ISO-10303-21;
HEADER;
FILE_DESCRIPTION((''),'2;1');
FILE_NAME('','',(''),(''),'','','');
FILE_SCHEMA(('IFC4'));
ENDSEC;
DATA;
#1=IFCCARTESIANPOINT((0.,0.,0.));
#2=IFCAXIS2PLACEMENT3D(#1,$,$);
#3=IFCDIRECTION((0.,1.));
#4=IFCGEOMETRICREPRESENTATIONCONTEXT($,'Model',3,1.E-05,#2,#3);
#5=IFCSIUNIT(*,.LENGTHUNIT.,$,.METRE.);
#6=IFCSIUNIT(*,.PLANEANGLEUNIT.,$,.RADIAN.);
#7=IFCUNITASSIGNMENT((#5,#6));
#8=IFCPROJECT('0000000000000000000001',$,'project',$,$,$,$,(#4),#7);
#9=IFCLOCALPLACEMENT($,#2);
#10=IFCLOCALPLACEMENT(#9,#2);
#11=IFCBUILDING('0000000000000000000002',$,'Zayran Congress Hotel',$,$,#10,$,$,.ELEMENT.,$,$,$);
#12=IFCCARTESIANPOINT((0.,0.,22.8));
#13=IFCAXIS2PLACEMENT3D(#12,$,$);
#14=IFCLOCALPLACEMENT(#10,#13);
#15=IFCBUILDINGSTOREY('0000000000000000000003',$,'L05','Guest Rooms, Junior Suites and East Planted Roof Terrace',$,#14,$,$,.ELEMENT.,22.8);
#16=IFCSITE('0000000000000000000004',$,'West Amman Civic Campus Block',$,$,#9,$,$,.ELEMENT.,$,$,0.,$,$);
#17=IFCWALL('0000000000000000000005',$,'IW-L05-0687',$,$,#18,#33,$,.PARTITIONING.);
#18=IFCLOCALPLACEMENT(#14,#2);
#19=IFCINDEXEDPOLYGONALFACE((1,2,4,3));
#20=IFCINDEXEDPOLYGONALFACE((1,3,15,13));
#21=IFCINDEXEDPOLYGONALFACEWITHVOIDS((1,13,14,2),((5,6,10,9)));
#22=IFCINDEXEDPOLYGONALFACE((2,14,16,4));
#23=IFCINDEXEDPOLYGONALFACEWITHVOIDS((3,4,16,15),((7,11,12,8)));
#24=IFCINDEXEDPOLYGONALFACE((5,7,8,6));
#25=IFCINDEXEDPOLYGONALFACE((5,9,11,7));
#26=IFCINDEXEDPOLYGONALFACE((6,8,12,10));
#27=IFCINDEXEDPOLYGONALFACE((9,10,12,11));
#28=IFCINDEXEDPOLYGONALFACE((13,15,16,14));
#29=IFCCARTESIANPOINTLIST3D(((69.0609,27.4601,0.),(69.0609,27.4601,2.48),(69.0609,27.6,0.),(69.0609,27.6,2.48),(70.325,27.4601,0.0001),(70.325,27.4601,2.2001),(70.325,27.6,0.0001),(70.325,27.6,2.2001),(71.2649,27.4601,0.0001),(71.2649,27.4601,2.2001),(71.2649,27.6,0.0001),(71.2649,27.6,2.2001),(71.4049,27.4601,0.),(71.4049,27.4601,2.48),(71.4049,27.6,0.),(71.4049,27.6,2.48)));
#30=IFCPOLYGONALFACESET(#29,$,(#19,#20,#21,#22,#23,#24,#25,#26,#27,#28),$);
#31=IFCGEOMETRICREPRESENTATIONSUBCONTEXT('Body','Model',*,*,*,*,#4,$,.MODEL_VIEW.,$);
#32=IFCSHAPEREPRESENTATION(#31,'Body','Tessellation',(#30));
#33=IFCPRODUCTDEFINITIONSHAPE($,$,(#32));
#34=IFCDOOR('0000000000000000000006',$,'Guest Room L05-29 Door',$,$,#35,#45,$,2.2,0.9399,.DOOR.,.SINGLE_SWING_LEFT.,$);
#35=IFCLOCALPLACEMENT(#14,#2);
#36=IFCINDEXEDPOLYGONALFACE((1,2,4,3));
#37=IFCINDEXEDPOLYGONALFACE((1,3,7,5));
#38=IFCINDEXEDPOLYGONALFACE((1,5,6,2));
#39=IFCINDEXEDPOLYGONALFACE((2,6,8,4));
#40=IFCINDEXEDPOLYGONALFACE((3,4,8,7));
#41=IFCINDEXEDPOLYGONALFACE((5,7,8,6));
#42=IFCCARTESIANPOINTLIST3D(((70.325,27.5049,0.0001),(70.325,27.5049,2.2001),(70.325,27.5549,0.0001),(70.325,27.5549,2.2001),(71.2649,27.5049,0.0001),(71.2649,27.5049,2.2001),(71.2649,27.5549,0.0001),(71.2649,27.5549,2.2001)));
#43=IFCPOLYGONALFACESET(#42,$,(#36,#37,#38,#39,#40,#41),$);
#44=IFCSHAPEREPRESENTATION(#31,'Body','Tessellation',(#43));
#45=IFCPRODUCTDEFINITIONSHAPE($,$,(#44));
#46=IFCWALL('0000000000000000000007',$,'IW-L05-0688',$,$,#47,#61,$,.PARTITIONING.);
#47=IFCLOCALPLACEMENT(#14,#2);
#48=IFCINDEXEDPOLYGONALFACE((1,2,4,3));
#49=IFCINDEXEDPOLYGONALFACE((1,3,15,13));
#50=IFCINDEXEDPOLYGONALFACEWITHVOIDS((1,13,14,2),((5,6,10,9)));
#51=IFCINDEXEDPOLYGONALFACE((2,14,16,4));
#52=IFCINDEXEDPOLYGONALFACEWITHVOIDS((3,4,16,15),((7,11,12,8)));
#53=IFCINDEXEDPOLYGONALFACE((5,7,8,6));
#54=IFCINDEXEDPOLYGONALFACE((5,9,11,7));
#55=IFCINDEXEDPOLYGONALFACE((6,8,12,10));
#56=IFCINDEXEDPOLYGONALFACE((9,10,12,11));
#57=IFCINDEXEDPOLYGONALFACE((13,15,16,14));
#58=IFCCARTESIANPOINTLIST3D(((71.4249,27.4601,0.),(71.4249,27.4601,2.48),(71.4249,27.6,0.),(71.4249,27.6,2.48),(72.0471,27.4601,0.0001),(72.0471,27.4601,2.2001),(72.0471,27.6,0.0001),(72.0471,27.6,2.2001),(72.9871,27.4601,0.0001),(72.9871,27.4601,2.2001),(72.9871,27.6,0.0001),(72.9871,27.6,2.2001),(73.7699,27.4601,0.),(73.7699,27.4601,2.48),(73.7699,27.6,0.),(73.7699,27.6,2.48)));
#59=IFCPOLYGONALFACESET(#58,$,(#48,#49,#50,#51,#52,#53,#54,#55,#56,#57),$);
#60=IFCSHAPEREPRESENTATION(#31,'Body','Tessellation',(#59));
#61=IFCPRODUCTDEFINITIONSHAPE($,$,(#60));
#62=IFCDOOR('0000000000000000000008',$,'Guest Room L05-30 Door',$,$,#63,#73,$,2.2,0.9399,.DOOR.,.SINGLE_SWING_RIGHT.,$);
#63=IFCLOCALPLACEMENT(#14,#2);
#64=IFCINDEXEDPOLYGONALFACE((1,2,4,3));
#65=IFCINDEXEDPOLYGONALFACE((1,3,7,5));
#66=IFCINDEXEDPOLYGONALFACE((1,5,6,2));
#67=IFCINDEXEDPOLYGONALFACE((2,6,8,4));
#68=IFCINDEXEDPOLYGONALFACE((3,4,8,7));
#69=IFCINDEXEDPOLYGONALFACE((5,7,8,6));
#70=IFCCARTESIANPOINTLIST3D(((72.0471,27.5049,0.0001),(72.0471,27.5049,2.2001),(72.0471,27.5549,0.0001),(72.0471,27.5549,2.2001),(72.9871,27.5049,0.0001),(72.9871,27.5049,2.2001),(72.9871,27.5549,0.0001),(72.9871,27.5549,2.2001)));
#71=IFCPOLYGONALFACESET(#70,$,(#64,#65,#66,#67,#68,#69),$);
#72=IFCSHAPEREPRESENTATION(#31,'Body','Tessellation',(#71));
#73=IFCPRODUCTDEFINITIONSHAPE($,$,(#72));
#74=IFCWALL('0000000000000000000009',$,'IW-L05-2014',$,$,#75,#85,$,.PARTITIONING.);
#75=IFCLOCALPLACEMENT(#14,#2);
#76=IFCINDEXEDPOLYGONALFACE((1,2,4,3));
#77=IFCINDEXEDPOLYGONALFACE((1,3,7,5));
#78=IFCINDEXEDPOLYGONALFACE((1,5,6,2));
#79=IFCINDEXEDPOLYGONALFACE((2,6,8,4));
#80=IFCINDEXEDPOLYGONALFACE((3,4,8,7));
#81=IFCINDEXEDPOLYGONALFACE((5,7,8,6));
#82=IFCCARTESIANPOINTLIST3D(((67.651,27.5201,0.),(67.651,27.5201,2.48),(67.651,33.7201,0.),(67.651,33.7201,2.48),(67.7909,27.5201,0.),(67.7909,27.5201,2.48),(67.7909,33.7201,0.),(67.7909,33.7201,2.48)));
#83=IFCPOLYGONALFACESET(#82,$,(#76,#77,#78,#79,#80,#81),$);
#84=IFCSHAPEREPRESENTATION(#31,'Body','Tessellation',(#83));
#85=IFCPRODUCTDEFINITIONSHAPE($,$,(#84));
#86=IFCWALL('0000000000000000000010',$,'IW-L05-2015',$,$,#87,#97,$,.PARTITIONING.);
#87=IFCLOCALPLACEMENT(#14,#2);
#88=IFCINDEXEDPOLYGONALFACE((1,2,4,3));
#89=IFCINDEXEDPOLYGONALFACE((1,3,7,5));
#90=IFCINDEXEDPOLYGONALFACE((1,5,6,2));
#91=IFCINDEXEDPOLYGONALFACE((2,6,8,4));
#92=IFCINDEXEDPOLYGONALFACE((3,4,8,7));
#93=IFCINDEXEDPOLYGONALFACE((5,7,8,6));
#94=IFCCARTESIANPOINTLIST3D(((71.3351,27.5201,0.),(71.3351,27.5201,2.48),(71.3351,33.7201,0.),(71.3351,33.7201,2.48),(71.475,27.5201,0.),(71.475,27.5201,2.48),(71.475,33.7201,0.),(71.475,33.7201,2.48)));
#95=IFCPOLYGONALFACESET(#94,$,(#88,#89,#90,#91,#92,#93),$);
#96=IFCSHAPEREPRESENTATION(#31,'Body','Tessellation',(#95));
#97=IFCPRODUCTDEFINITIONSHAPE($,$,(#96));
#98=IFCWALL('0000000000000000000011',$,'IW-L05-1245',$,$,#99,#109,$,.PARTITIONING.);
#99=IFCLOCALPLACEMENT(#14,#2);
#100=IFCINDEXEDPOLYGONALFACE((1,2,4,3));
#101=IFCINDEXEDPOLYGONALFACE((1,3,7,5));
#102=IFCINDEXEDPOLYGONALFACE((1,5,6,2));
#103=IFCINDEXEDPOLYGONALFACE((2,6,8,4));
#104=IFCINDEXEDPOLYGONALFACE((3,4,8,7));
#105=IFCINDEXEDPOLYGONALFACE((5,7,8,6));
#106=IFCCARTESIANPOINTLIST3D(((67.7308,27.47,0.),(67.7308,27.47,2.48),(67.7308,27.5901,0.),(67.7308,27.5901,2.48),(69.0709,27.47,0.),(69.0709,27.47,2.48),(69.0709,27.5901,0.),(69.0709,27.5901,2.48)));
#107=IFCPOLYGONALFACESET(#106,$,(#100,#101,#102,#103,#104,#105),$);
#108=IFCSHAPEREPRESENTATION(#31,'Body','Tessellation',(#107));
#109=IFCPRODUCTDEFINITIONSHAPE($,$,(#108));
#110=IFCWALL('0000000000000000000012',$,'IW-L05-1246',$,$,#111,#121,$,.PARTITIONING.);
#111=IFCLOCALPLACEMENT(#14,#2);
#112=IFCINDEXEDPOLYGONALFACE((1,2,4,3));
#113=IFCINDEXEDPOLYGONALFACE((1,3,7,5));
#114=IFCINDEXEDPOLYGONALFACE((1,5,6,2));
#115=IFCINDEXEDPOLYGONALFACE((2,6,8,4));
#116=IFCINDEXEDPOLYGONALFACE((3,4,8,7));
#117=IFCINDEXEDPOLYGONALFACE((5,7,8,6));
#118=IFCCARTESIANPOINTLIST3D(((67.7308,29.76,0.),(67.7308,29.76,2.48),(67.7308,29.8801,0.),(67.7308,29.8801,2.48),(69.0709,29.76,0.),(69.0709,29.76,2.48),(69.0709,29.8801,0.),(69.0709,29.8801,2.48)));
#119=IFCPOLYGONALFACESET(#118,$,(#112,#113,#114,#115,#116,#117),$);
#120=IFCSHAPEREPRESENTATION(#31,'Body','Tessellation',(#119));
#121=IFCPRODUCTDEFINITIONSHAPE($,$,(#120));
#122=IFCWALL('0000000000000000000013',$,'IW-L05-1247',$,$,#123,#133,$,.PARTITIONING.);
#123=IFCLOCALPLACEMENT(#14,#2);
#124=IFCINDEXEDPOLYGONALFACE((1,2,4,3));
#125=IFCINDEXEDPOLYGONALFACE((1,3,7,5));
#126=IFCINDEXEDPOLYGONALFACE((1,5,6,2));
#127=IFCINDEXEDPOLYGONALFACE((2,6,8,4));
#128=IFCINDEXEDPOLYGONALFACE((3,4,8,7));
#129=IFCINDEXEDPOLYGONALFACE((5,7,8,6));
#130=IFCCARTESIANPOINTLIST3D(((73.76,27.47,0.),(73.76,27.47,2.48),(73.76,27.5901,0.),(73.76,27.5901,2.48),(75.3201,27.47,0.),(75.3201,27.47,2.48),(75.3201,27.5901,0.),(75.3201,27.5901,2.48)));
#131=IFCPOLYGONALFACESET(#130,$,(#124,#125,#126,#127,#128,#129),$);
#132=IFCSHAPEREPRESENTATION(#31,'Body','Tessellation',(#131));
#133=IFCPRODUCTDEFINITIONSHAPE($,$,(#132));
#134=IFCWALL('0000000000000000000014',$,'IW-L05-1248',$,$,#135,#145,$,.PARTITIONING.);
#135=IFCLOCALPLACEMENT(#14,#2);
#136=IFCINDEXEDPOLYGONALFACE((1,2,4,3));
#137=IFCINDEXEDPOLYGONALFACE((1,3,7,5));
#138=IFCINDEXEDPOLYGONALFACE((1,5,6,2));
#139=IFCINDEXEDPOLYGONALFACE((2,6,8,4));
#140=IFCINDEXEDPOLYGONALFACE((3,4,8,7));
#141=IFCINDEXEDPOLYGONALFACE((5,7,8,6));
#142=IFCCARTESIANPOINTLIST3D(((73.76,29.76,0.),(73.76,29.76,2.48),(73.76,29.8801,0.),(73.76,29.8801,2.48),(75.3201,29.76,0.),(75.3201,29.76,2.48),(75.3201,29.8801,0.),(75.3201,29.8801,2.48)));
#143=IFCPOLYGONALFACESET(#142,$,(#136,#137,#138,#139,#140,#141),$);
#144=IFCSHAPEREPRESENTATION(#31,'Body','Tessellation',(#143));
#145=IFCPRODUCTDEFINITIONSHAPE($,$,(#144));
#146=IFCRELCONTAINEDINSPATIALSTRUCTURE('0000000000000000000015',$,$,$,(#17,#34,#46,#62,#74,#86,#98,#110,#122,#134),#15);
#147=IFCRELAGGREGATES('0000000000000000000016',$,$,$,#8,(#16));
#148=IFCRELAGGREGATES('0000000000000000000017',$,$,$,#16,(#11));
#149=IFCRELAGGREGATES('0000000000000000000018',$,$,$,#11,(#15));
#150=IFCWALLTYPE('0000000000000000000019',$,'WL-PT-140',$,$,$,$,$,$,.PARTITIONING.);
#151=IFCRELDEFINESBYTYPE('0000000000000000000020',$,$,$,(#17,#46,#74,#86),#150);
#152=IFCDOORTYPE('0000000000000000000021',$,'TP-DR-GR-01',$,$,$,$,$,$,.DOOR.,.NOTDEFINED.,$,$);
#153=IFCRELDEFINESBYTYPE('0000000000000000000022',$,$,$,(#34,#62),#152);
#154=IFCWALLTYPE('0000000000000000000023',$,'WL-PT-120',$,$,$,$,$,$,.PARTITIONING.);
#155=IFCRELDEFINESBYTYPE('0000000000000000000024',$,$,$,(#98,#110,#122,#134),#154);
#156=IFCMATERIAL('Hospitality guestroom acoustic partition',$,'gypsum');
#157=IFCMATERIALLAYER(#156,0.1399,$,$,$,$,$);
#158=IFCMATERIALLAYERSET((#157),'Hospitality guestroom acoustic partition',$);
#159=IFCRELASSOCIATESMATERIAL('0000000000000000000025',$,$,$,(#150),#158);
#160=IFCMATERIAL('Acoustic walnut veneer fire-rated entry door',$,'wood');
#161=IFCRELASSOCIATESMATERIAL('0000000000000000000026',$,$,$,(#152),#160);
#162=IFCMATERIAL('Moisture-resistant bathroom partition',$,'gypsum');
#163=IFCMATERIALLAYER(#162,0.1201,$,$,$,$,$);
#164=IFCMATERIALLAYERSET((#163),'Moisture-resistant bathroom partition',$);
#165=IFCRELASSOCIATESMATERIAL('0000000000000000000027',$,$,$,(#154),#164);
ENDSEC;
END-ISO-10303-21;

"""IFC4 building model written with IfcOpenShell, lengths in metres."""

from ifc_helpers import new_model, si_unit, direction, frame, frame_2d, origin, place, context, subcontext, project, spatial, rectangle, extrude, material, layer, layer_set, type_object, element, fill, save


model = new_model("IFC4")

# Units and contexts
model_context = context("Model", 3, precision=1e-05, world=origin(), true_north=direction((0.0, 1.0)))
body_context = subcontext(model_context, "Body", "Model", "MODEL_VIEW")
ifc_project = project(units=[si_unit("LENGTHUNIT", "METRE"), si_unit("PLANEANGLEUNIT", "RADIAN")], contexts=[model_context])

# Site, building, storey
site_placement = place(None, origin())
site = spatial("IfcSite", under=ifc_project, at=site_placement, Name="West Amman Civic Campus Block", CompositionType="ELEMENT", RefElevation=0.0)
building_placement = place(site_placement, origin())
building = spatial("IfcBuilding", under=site, at=building_placement, Name="Zayran Congress Hotel", CompositionType="ELEMENT")
storey_placement = place(building_placement, frame((0.0, 0.0, 22.8)))
storey = spatial("IfcBuildingStorey", under=building, at=storey_placement, Name="L05", Description="Guest Rooms, Junior Suites and East Planted Roof Terrace", CompositionType="ELEMENT", Elevation=22.8)

# Walls, openings, doors
ifc_material_1 = material(Name="Hospitality guestroom acoustic partition", Category="gypsum")
ifc_layer_1 = layer(ifc_material_1, 0.1399)
ifc_layer_set_1 = layer_set([ifc_layer_1], Name="Hospitality guestroom acoustic partition")
wall_type_1 = type_object("IfcWallType", Name="WL-PT-140", PredefinedType="PARTITIONING", material=ifc_layer_set_1)
wall_1_placement = place(storey_placement, frame((69.061, 27.53, 0.0), z_axis=(0.0, 0.0, 1.0), x_axis=(1.0, 0.0, 0.0)))
wall_1 = element("IfcWall", 1, at=wall_1_placement, inside=storey, type_object=wall_type_1, Name="IW-L05-0687", PredefinedType="PARTITIONING", context=body_context, shape_type="SweptSolid", body=[
    extrude(rectangle(XDim=2.344, YDim=0.1399, at=frame_2d((1.1719, 0.0))), origin(), (0.0, 0.0, 1.0), 2.48),
])
opening_1_placement = place(wall_1_placement, frame((1.2639, 0.0, 0.0)))
opening_1 = element("IfcOpeningElement", 2, at=opening_1_placement, cuts=wall_1, PredefinedType="OPENING", context=body_context, shape_type="SweptSolid", body=[
    extrude(rectangle(XDim=0.9399, YDim=2.2, at=frame_2d((0.47, 1.1001))), frame((0.0, 0.0798, 0.0), z_axis=(0.0, -1.0, 0.0), x_axis=(1.0, 0.0, 0.0)), (0.0, 0.0, 1.0), 0.1599),
])
ifc_material_2 = material(Name="Acoustic walnut veneer fire-rated entry door", Category="wood")
door_type_1 = type_object("IfcDoorType", Name="TP-DR-GR-01", OperationType="NOTDEFINED", PredefinedType="DOOR", material=ifc_material_2)
door_1_placement = place(opening_1_placement, origin())
door_1 = element("IfcDoor", 3, at=door_1_placement, inside=storey, type_object=door_type_1, Name="Guest Room L05-29 Door", OperationType="SINGLE_SWING_LEFT", OverallHeight=2.2, OverallWidth=0.9399, PredefinedType="DOOR", context=body_context, shape_type="SweptSolid", body=[
    extrude(rectangle(XDim=0.9399, YDim=2.2, at=frame_2d((0.47, 1.1001))), frame((0.0, 0.0249, 0.0), z_axis=(0.0, -1.0, 0.0), x_axis=(1.0, 0.0, 0.0)), (0.0, 0.0, 1.0), 0.05),
])
fill(opening_1, door_1)
wall_2_placement = place(storey_placement, frame((71.425, 27.53, 0.0), z_axis=(0.0, 0.0, 1.0), x_axis=(1.0, 0.0, 0.0)))
wall_2 = element("IfcWall", 4, at=wall_2_placement, inside=storey, type_object=wall_type_1, Name="IW-L05-0688", PredefinedType="PARTITIONING", context=body_context, shape_type="SweptSolid", body=[
    extrude(rectangle(XDim=2.345, YDim=0.1399, at=frame_2d((1.1724, 0.0))), origin(), (0.0, 0.0, 1.0), 2.48),
])
opening_2_placement = place(wall_2_placement, frame((0.6221, 0.0, 0.0)))
opening_2 = element("IfcOpeningElement", 5, at=opening_2_placement, cuts=wall_2, PredefinedType="OPENING", context=body_context, shape_type="SweptSolid", body=[
    extrude(rectangle(XDim=0.9399, YDim=2.2, at=frame_2d((0.47, 1.1001))), frame((0.0, 0.0798, 0.0), z_axis=(0.0, -1.0, 0.0), x_axis=(1.0, 0.0, 0.0)), (0.0, 0.0, 1.0), 0.1599),
])
door_2_placement = place(opening_2_placement, origin())
door_2 = element("IfcDoor", 6, at=door_2_placement, inside=storey, type_object=door_type_1, Name="Guest Room L05-30 Door", OperationType="SINGLE_SWING_RIGHT", OverallHeight=2.2, OverallWidth=0.9399, PredefinedType="DOOR", context=body_context, shape_type="SweptSolid", body=[
    extrude(rectangle(XDim=0.9399, YDim=2.2, at=frame_2d((0.47, 1.1001))), frame((0.0, 0.0249, 0.0), z_axis=(0.0, -1.0, 0.0), x_axis=(1.0, 0.0, 0.0)), (0.0, 0.0, 1.0), 0.05),
])
fill(opening_2, door_2)

# Walls
for number, where, z_axis, x_axis, name in (
    (7, (67.7209, 27.52, 0.0), (0.0, 0.0, 1.0), (0.0, 1.0, 0.0), "IW-L05-2014"),
    (8, (71.405, 27.52, 0.0), (0.0, 0.0, 1.0), (0.0, 1.0, 0.0), "IW-L05-2015"),
):
    element("IfcWall", number, at=place(storey_placement, frame(where, z_axis=z_axis, x_axis=x_axis)), inside=storey, type_object=wall_type_1, Name=name, PredefinedType="PARTITIONING", context=body_context, shape_type="SweptSolid", body=[
        extrude(rectangle(XDim=6.2, YDim=0.1399, at=frame_2d((3.1001, 0.0))), origin(), (0.0, 0.0, 1.0), 2.48),
    ])

# Shared definitions
ifc_material_3 = material(Name="Moisture-resistant bathroom partition", Category="gypsum")
ifc_layer_2 = layer(ifc_material_3, 0.1201)
ifc_layer_set_2 = layer_set([ifc_layer_2], Name="Moisture-resistant bathroom partition")
wall_type_2 = type_object("IfcWallType", Name="WL-PT-120", PredefinedType="PARTITIONING", material=ifc_layer_set_2)

# Walls
for number, where, z_axis, x_axis, name in (
    (9, (67.731, 27.53, 0.0), (0.0, 0.0, 1.0), (1.0, 0.0, 0.0), "IW-L05-1245"),
    (10, (67.731, 29.8201, 0.0), (0.0, 0.0, 1.0), (1.0, 0.0, 0.0), "IW-L05-1246"),
):
    element("IfcWall", number, at=place(storey_placement, frame(where, z_axis=z_axis, x_axis=x_axis)), inside=storey, type_object=wall_type_2, Name=name, PredefinedType="PARTITIONING", context=body_context, shape_type="SweptSolid", body=[
        extrude(rectangle(XDim=1.3401, YDim=0.1201, at=frame_2d((0.6699, 0.0))), origin(), (0.0, 0.0, 1.0), 2.48),
    ])
for number, where, z_axis, x_axis, name in (
    (11, (73.76, 27.53, 0.0), (0.0, 0.0, 1.0), (1.0, 0.0, 0.0), "IW-L05-1247"),
    (12, (73.76, 29.8201, 0.0), (0.0, 0.0, 1.0), (1.0, 0.0, 0.0), "IW-L05-1248"),
):
    element("IfcWall", number, at=place(storey_placement, frame(where, z_axis=z_axis, x_axis=x_axis)), inside=storey, type_object=wall_type_2, Name=name, PredefinedType="PARTITIONING", context=body_context, shape_type="SweptSolid", body=[
        extrude(rectangle(XDim=1.5601, YDim=0.1201, at=frame_2d((0.78, 0.0))), origin(), (0.0, 0.0, 1.0), 2.48),
    ])

save(model, "model.ifc")
